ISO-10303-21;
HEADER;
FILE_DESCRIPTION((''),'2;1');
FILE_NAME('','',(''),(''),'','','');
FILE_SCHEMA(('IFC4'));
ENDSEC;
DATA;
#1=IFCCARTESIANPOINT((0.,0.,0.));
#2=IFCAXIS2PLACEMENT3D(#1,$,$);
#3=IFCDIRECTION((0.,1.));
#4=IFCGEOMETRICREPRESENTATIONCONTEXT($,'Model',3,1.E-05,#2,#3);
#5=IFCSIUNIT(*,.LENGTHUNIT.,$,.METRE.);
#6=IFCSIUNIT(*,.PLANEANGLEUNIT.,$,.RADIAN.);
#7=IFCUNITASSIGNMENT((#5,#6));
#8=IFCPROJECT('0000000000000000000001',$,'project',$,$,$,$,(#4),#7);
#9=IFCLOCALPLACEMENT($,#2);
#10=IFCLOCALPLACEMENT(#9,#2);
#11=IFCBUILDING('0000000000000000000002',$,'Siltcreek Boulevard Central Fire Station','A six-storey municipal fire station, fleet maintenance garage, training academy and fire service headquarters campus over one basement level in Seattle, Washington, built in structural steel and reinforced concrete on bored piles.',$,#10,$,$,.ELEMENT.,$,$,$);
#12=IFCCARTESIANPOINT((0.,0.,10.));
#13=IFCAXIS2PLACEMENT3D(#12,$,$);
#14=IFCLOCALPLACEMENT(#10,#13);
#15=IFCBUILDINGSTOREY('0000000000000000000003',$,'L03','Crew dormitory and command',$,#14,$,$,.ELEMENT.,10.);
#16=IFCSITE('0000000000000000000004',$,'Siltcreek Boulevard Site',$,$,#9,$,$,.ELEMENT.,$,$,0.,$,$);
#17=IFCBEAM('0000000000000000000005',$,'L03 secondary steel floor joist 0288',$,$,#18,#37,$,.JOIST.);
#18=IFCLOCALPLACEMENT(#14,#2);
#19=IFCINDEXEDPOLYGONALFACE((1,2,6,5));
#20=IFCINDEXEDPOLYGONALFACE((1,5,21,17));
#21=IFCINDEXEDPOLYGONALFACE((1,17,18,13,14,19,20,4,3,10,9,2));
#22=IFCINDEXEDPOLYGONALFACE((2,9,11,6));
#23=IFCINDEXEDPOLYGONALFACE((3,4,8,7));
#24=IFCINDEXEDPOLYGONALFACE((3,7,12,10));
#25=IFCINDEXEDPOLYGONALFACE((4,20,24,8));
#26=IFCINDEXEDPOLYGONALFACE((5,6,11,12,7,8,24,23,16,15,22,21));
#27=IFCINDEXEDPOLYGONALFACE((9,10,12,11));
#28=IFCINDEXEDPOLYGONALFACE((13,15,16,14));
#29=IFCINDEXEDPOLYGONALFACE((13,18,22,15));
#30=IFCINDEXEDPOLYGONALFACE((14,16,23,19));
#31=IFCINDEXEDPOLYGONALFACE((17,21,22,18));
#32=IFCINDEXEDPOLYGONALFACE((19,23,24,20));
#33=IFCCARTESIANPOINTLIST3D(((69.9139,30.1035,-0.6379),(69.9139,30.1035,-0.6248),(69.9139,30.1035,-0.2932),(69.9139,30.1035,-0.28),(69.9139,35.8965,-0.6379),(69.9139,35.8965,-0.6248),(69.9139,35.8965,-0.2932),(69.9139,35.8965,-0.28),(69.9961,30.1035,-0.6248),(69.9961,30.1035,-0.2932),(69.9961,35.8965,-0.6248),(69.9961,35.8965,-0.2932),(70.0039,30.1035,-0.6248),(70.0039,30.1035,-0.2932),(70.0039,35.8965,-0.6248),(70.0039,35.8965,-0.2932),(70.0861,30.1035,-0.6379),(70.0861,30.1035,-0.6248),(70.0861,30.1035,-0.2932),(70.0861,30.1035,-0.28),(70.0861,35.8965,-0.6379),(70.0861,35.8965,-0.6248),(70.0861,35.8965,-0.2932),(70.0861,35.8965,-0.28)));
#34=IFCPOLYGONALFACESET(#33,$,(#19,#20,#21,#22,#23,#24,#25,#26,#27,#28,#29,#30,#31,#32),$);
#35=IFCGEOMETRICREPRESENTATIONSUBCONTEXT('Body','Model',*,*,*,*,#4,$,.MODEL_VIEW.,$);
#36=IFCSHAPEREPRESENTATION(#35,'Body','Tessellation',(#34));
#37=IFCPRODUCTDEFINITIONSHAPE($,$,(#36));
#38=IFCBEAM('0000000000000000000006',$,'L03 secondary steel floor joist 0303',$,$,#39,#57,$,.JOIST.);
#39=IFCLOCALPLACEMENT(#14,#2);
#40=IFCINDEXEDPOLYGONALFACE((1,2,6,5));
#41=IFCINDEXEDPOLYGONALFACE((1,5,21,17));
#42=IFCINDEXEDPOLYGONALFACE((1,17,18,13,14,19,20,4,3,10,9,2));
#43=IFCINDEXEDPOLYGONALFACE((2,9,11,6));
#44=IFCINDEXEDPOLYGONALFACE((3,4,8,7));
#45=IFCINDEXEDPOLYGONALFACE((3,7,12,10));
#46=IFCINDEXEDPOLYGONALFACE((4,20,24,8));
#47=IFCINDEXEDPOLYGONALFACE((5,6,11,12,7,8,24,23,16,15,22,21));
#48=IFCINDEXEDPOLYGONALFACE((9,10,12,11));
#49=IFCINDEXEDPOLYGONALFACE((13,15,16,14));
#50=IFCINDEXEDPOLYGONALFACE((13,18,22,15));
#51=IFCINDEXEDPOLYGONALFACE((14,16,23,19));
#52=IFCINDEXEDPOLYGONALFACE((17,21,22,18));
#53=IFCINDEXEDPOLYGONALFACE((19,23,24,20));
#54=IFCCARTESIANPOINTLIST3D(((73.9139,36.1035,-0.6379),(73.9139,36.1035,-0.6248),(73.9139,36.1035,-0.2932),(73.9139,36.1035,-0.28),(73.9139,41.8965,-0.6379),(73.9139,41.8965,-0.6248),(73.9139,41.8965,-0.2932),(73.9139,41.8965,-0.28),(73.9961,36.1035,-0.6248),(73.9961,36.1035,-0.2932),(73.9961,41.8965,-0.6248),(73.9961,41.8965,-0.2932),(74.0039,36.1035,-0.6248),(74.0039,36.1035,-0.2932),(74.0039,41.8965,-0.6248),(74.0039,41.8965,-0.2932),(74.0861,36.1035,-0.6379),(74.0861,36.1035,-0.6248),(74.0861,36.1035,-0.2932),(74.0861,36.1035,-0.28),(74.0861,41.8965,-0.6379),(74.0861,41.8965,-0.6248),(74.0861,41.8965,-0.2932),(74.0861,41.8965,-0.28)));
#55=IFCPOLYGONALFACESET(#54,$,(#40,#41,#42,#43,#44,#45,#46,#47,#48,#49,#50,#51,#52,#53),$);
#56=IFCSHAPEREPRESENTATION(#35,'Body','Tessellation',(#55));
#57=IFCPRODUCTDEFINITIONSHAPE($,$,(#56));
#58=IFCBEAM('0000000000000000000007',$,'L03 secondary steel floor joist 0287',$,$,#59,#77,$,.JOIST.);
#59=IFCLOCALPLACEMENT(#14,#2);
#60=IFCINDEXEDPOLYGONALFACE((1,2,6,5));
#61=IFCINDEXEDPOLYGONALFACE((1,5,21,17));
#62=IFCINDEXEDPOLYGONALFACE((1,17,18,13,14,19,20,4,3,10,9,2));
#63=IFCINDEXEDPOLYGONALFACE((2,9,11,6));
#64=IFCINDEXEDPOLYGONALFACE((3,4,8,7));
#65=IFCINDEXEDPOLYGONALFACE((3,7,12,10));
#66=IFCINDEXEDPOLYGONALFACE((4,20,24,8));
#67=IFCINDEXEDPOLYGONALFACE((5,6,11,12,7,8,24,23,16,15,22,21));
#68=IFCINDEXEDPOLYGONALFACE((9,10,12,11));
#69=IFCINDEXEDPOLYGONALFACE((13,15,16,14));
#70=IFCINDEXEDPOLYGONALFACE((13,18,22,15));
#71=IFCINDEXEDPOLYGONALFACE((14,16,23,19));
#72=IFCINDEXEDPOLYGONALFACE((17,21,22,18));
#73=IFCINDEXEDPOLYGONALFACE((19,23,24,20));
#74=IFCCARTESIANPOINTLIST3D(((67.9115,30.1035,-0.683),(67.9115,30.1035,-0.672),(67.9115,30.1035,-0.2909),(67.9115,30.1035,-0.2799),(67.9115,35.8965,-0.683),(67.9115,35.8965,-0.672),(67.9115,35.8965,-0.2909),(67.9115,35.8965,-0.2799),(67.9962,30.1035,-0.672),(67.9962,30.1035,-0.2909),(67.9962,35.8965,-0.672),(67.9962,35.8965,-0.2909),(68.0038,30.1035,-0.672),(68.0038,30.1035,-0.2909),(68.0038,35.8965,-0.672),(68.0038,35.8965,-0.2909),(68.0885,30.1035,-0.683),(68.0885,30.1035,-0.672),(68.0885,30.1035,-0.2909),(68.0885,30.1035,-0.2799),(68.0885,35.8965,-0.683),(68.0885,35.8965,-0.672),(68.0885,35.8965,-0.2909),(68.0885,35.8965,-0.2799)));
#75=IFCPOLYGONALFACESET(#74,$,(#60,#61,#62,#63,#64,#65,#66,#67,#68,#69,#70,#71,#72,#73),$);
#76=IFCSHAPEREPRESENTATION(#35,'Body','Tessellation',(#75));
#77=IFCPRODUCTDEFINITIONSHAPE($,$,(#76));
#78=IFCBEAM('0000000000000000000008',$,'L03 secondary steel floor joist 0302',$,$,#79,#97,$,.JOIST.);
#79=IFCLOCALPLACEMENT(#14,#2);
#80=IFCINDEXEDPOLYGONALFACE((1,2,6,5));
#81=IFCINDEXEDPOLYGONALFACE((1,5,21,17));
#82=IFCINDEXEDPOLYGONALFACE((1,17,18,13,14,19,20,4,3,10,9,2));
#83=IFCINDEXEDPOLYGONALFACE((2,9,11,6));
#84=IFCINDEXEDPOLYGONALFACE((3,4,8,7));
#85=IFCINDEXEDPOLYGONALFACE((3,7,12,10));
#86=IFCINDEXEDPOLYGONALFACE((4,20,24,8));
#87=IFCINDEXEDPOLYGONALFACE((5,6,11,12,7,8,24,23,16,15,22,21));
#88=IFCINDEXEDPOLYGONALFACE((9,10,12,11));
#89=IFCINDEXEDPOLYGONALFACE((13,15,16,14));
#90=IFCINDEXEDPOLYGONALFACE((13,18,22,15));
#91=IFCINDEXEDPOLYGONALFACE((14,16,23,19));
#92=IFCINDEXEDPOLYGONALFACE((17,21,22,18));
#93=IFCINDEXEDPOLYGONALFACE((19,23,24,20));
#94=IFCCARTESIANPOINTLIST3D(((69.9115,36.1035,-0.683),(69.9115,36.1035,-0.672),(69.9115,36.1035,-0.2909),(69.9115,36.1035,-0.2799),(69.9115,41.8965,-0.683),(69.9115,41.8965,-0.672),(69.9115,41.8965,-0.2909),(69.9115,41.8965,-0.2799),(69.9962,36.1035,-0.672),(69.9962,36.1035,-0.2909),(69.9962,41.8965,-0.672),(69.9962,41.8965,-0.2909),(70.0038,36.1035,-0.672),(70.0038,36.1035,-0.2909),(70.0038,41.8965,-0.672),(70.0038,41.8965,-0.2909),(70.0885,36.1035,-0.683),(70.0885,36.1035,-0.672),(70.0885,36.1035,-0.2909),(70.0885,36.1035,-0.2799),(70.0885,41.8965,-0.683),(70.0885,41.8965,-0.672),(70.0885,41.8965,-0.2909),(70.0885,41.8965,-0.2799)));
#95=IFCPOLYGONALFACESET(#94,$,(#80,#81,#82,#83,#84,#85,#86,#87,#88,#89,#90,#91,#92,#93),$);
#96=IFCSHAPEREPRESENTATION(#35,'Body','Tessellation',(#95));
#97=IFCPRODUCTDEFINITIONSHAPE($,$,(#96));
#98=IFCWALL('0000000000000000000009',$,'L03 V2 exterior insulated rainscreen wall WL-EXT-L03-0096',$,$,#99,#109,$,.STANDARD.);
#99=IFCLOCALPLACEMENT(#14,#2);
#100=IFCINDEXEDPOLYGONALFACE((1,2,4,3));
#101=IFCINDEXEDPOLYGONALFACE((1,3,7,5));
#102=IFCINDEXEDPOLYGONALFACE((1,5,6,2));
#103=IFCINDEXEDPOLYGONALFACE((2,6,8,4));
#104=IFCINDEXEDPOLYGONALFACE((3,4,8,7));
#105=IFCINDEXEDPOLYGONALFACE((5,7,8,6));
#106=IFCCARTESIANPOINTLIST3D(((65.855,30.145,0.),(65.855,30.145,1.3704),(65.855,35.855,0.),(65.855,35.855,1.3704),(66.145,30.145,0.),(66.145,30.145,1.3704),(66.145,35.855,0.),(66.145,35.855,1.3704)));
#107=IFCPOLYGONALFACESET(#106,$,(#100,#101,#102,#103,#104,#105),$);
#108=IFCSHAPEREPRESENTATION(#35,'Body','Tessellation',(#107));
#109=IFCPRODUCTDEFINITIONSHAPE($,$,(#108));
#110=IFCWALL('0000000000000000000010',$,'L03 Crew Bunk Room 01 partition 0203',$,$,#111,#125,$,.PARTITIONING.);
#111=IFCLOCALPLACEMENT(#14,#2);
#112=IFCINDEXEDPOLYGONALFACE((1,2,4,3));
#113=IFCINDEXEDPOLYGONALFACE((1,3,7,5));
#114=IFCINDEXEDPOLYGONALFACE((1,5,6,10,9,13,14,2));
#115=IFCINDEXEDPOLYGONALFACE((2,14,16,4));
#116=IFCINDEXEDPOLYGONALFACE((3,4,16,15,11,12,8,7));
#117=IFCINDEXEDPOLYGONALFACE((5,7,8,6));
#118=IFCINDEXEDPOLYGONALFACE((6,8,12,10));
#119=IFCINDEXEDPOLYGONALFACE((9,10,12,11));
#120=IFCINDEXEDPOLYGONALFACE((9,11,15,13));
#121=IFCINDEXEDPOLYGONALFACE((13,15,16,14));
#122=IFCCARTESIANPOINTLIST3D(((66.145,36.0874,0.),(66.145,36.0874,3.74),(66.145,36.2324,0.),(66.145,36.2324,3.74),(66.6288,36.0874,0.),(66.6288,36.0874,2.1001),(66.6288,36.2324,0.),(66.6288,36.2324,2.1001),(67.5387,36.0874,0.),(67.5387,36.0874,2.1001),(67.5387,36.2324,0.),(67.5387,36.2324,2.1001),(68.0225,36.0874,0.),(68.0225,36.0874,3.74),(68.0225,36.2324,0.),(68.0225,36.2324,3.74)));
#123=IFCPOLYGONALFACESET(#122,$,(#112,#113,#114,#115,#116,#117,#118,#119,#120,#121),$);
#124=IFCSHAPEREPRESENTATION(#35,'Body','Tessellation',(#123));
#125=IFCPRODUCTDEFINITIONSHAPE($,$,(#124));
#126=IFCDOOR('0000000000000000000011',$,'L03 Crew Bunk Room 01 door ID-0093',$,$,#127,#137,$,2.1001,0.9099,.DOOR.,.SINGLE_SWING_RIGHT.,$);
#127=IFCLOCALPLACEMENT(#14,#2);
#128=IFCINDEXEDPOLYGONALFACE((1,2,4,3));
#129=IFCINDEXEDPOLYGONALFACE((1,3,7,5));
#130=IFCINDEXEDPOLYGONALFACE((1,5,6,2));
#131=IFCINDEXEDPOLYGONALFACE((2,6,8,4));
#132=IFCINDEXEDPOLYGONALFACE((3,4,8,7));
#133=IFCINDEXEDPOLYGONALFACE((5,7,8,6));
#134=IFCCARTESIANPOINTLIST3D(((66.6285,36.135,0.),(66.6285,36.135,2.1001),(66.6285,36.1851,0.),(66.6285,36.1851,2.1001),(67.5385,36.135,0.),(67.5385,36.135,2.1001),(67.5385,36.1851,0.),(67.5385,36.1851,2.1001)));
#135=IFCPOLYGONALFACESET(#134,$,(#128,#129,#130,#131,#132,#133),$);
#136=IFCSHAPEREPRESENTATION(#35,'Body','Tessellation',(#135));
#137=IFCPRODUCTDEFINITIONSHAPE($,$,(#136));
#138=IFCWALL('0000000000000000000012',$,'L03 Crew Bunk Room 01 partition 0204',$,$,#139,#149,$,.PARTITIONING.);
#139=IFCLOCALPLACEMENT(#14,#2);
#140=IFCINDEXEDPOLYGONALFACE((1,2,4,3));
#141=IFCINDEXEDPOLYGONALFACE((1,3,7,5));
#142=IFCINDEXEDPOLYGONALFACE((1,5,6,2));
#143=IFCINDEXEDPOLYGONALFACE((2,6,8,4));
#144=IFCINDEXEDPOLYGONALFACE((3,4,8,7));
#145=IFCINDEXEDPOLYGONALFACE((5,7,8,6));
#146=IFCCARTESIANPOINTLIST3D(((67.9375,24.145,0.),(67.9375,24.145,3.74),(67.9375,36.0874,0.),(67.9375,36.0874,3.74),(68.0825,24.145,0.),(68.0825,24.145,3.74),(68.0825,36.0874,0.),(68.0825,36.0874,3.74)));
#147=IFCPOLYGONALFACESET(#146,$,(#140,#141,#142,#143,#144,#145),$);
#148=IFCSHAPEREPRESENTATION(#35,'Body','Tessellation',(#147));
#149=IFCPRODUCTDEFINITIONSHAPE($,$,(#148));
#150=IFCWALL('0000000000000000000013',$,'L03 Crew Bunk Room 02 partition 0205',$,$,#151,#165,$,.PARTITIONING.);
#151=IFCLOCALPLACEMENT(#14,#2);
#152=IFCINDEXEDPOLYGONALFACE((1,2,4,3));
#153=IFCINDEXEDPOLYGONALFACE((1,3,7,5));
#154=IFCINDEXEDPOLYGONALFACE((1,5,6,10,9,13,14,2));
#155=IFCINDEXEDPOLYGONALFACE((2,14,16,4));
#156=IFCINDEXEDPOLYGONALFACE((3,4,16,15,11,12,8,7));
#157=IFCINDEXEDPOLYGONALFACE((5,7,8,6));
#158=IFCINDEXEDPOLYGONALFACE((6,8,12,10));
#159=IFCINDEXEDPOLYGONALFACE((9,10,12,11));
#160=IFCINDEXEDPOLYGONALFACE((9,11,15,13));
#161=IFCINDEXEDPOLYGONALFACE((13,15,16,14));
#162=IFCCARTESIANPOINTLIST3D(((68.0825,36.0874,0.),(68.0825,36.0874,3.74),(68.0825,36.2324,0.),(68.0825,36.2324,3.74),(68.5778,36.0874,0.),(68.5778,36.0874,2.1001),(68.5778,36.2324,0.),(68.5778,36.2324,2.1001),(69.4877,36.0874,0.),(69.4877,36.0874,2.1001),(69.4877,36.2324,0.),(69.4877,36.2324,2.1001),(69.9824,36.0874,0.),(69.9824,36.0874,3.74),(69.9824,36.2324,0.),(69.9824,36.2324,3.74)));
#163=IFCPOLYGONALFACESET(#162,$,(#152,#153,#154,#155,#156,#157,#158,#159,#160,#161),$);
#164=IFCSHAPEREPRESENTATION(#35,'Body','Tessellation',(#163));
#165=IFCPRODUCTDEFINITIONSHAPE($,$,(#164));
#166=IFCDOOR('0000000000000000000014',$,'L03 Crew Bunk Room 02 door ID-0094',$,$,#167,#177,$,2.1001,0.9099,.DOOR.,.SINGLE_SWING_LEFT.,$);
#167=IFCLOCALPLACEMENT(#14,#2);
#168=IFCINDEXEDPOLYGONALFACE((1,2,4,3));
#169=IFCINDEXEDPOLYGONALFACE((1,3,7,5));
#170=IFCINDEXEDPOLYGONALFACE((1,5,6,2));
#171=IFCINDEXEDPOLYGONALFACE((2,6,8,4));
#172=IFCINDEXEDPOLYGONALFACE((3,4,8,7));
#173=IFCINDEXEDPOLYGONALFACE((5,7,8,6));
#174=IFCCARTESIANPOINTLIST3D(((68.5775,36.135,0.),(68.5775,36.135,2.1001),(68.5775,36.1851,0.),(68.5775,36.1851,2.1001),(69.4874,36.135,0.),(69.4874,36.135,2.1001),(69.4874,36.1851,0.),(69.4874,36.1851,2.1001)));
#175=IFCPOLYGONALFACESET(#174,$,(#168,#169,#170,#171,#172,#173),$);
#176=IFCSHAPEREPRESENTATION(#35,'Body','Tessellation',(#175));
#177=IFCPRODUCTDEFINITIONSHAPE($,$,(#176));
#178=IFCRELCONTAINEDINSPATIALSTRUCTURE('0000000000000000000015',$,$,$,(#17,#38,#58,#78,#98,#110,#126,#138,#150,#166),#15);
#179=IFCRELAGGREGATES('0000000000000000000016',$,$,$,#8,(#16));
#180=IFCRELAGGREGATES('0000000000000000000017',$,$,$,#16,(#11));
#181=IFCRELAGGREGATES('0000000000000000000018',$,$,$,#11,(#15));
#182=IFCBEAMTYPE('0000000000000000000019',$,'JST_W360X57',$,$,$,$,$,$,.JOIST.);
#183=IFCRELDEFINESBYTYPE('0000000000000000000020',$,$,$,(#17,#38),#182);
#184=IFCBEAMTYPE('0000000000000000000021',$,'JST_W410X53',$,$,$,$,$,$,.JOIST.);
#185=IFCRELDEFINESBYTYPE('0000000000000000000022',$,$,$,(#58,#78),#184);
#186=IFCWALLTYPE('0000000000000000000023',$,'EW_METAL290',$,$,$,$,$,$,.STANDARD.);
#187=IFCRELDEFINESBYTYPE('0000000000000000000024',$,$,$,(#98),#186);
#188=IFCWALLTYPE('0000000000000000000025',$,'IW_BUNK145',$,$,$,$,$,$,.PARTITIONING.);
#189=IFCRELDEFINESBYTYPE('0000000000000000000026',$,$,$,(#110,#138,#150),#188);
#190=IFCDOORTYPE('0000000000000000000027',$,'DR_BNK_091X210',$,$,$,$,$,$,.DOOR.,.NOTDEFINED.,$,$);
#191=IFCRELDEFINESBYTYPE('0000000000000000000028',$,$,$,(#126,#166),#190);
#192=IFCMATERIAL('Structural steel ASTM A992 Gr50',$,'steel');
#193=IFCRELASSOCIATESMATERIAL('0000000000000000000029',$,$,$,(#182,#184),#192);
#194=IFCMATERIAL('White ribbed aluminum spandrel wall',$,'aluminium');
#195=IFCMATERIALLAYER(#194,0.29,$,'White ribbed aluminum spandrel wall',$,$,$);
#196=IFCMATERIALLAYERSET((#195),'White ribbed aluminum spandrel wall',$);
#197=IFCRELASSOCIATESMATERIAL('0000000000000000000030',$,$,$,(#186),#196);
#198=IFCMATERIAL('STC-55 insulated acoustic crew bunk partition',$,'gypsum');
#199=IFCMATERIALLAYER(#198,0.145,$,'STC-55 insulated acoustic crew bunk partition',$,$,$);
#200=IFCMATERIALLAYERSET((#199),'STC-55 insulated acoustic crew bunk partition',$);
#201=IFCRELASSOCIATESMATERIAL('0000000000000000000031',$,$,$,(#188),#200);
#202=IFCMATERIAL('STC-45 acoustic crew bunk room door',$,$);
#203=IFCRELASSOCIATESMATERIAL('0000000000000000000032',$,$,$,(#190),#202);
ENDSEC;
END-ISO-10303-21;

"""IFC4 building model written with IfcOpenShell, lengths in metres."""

from ifc_helpers import new_model, si_unit, direction, frame, frame_2d, origin, origin_2d, place, context, subcontext, project, spatial, rectangle, i_section, extrude, material, layer, layer_set, material_profile, profile_set, type_object, element, fill, save


model = new_model("IFC4")

# Units and contexts
model_context = context("Model", 3, precision=1e-05, world=origin(), true_north=direction((0.0, 1.0)))
body_context = subcontext(model_context, "Body", "Model", "MODEL_VIEW")
ifc_project = project(units=[si_unit("LENGTHUNIT", "METRE"), si_unit("PLANEANGLEUNIT", "RADIAN")], contexts=[model_context])

# Site, building, storey
site_placement = place(None, origin())
site = spatial("IfcSite", under=ifc_project, at=site_placement, Name="Siltcreek Boulevard Site", CompositionType="ELEMENT", RefElevation=0.0)
building_placement = place(site_placement, origin())
building = spatial("IfcBuilding", under=site, at=building_placement, Name="Siltcreek Boulevard Central Fire Station", Description="A six-storey municipal fire station, fleet maintenance garage, training academy and fire service headquarters campus over one basement level in Seattle, Washington, built in structural steel and reinforced concrete on bored piles.", CompositionType="ELEMENT")
storey_placement = place(building_placement, frame((0.0, 0.0, 10.0)))
storey = spatial("IfcBuildingStorey", under=building, at=storey_placement, Name="L03", Description="Crew dormitory and command", CompositionType="ELEMENT", Elevation=10.0)

# Shared definitions
ifc_material_1 = material(Name="Structural steel ASTM A992 Gr50", Category="steel")

# Beams
ifc_material_profile_1 = material_profile(ifc_material_1, i_section(OverallWidth=0.1721, OverallDepth=0.3579, WebThickness=0.0078, FlangeThickness=0.0132, at=origin_2d()), Name="W360X57")
ifc_profile_set_1 = profile_set([ifc_material_profile_1], Name="Structural steel ASTM A992 Gr50")
beam_type_1 = type_object("IfcBeamType", Name="JST_W360X57", PredefinedType="JOIST", material=ifc_profile_set_1)
for number, where, z_axis, x_axis, name in (
    (1, (70.0, 30.1035, -0.459), (0.0, 1.0, 0.0), (-1.0, 0.0, 0.0), "L03 secondary steel floor joist 0288"),
    (2, (74.0, 36.1035, -0.459), (0.0, 1.0, 0.0), (-1.0, 0.0, 0.0), "L03 secondary steel floor joist 0303"),
):
    element("IfcBeam", number, at=place(storey_placement, frame(where, z_axis=z_axis, x_axis=x_axis)), inside=storey, type_object=beam_type_1, Name=name, PredefinedType="JOIST", context=body_context, shape_type="SweptSolid", body=[
        extrude(i_section(OverallWidth=0.1721, OverallDepth=0.3579, WebThickness=0.0078, FlangeThickness=0.0132, at=origin_2d()), origin(), (0.0, 0.0, 1.0), 5.793),
    ])
ifc_material_profile_2 = material_profile(ifc_material_1, i_section(OverallWidth=0.177, OverallDepth=0.4031, WebThickness=0.0076, FlangeThickness=0.011, at=origin_2d()), Name="W410X53")
ifc_profile_set_2 = profile_set([ifc_material_profile_2], Name="Structural steel ASTM A992 Gr50")
beam_type_2 = type_object("IfcBeamType", Name="JST_W410X53", PredefinedType="JOIST", material=ifc_profile_set_2)
for number, where, z_axis, x_axis, name in (
    (3, (68.0, 30.1035, -0.4814), (0.0, 1.0, 0.0), (-1.0, 0.0, 0.0), "L03 secondary steel floor joist 0287"),
    (4, (70.0, 36.1035, -0.4814), (0.0, 1.0, 0.0), (-1.0, 0.0, 0.0), "L03 secondary steel floor joist 0302"),
):
    element("IfcBeam", number, at=place(storey_placement, frame(where, z_axis=z_axis, x_axis=x_axis)), inside=storey, type_object=beam_type_2, Name=name, PredefinedType="JOIST", context=body_context, shape_type="SweptSolid", body=[
        extrude(i_section(OverallWidth=0.177, OverallDepth=0.4031, WebThickness=0.0076, FlangeThickness=0.011, at=origin_2d()), origin(), (0.0, 0.0, 1.0), 5.793),
    ])

# Wall
ifc_material_2 = material(Name="White ribbed aluminum spandrel wall", Category="aluminium")
ifc_layer_1 = layer(ifc_material_2, 0.29, Name="White ribbed aluminum spandrel wall")
ifc_layer_set_1 = layer_set([ifc_layer_1], Name="White ribbed aluminum spandrel wall")
wall_type_1 = type_object("IfcWallType", Name="EW_METAL290", PredefinedType="STANDARD", material=ifc_layer_set_1)
wall_1_placement = place(storey_placement, frame((66.0, 35.855, 0.0), z_axis=(0.0, 0.0, 1.0), x_axis=(0.0, -1.0, 0.0)))
element("IfcWall", 5, at=wall_1_placement, inside=storey, type_object=wall_type_1, Name="L03 V2 exterior insulated rainscreen wall WL-EXT-L03-0096", PredefinedType="STANDARD", context=body_context, shape_type="SweptSolid", body=[
    extrude(rectangle(XDim=5.71, YDim=0.29, at=frame_2d((2.855, 0.0))), origin(), (0.0, 0.0, 1.0), 1.3704),
])

# Wall, opening, door
ifc_material_3 = material(Name="STC-55 insulated acoustic crew bunk partition", Category="gypsum")
ifc_layer_2 = layer(ifc_material_3, 0.145, Name="STC-55 insulated acoustic crew bunk partition")
ifc_layer_set_2 = layer_set([ifc_layer_2], Name="STC-55 insulated acoustic crew bunk partition")
wall_type_2 = type_object("IfcWallType", Name="IW_BUNK145", PredefinedType="PARTITIONING", material=ifc_layer_set_2)
wall_2_placement = place(storey_placement, frame((66.145, 36.1599, 0.0), z_axis=(0.0, 0.0, 1.0), x_axis=(1.0, 0.0, 0.0)))
wall_2 = element("IfcWall", 6, at=wall_2_placement, inside=storey, type_object=wall_type_2, Name="L03 Crew Bunk Room 01 partition 0203", PredefinedType="PARTITIONING", context=body_context, shape_type="SweptSolid", body=[
    extrude(rectangle(XDim=1.8774, YDim=0.145, at=frame_2d((0.9387, 0.0))), origin(), (0.0, 0.0, 1.0), 3.74),
])
opening_1_placement = place(wall_2_placement, frame((0.4836, 0.0, 0.0)))
opening_1 = element("IfcOpeningElement", 7, at=opening_1_placement, cuts=wall_2, PredefinedType="OPENING", context=body_context, shape_type="SweptSolid", body=[
    extrude(rectangle(XDim=0.9099, YDim=2.1001, at=frame_2d((0.4551, 1.05))), frame((0.0, 0.0825, 0.0), z_axis=(0.0, -1.0, 0.0), x_axis=(1.0, 0.0, 0.0)), (0.0, 0.0, 1.0), 0.165),
])
ifc_material_4 = material(Name="STC-45 acoustic crew bunk room door")
door_type = type_object("IfcDoorType", Name="DR_BNK_091X210", OperationType="NOTDEFINED", PredefinedType="DOOR", material=ifc_material_4)
door_1_placement = place(opening_1_placement, frame((0.9099, 0.0, 0.0), z_axis=(0.0, 0.0, 1.0), x_axis=(-1.0, 0.0, 0.0)))
door_1 = element("IfcDoor", 8, at=door_1_placement, inside=storey, type_object=door_type, Name="L03 Crew Bunk Room 01 door ID-0093", OperationType="SINGLE_SWING_RIGHT", OverallHeight=2.1001, OverallWidth=0.9099, PredefinedType="DOOR", context=body_context, shape_type="SweptSolid", body=[
    extrude(rectangle(XDim=0.9099, YDim=2.1001, at=frame_2d((0.4551, 1.05))), frame((0.0, 0.0249, 0.0), z_axis=(0.0, -1.0, 0.0), x_axis=(1.0, 0.0, 0.0)), (0.0, 0.0, 1.0), 0.05),
])
fill(opening_1, door_1)

# Wall
wall_3_placement = place(storey_placement, frame((68.01, 36.0874, 0.0), z_axis=(0.0, 0.0, 1.0), x_axis=(0.0, -1.0, 0.0)))
element("IfcWall", 9, at=wall_3_placement, inside=storey, type_object=wall_type_2, Name="L03 Crew Bunk Room 01 partition 0204", PredefinedType="PARTITIONING", context=body_context, shape_type="SweptSolid", body=[
    extrude(rectangle(XDim=11.9424, YDim=0.145, at=frame_2d((5.9712, 0.0))), origin(), (0.0, 0.0, 1.0), 3.74),
])

# Wall, opening, door
wall_4_placement = place(storey_placement, frame((68.0825, 36.1599, 0.0), z_axis=(0.0, 0.0, 1.0), x_axis=(1.0, 0.0, 0.0)))
wall_4 = element("IfcWall", 10, at=wall_4_placement, inside=storey, type_object=wall_type_2, Name="L03 Crew Bunk Room 02 partition 0205", PredefinedType="PARTITIONING", context=body_context, shape_type="SweptSolid", body=[
    extrude(rectangle(XDim=1.8999, YDim=0.145, at=frame_2d((0.95, 0.0))), origin(), (0.0, 0.0, 1.0), 3.74),
])
opening_2_placement = place(wall_4_placement, frame((0.4951, 0.0, 0.0)))
opening_2 = element("IfcOpeningElement", 11, at=opening_2_placement, cuts=wall_4, PredefinedType="OPENING", context=body_context, shape_type="SweptSolid", body=[
    extrude(rectangle(XDim=0.9099, YDim=2.1001, at=frame_2d((0.4551, 1.05))), frame((0.0, 0.0825, 0.0), z_axis=(0.0, -1.0, 0.0), x_axis=(1.0, 0.0, 0.0)), (0.0, 0.0, 1.0), 0.165),
])
door_2_placement = place(opening_2_placement, frame((0.9099, 0.0, 0.0), z_axis=(0.0, 0.0, 1.0), x_axis=(-1.0, 0.0, 0.0)))
door_2 = element("IfcDoor", 12, at=door_2_placement, inside=storey, type_object=door_type, Name="L03 Crew Bunk Room 02 door ID-0094", OperationType="SINGLE_SWING_LEFT", OverallHeight=2.1001, OverallWidth=0.9099, PredefinedType="DOOR", context=body_context, shape_type="SweptSolid", body=[
    extrude(rectangle(XDim=0.9099, YDim=2.1001, at=frame_2d((0.4551, 1.05))), frame((0.0, 0.0249, 0.0), z_axis=(0.0, -1.0, 0.0), x_axis=(1.0, 0.0, 0.0)), (0.0, 0.0, 1.0), 0.05),
])
fill(opening_2, door_2)

save(model, "model.ifc")
